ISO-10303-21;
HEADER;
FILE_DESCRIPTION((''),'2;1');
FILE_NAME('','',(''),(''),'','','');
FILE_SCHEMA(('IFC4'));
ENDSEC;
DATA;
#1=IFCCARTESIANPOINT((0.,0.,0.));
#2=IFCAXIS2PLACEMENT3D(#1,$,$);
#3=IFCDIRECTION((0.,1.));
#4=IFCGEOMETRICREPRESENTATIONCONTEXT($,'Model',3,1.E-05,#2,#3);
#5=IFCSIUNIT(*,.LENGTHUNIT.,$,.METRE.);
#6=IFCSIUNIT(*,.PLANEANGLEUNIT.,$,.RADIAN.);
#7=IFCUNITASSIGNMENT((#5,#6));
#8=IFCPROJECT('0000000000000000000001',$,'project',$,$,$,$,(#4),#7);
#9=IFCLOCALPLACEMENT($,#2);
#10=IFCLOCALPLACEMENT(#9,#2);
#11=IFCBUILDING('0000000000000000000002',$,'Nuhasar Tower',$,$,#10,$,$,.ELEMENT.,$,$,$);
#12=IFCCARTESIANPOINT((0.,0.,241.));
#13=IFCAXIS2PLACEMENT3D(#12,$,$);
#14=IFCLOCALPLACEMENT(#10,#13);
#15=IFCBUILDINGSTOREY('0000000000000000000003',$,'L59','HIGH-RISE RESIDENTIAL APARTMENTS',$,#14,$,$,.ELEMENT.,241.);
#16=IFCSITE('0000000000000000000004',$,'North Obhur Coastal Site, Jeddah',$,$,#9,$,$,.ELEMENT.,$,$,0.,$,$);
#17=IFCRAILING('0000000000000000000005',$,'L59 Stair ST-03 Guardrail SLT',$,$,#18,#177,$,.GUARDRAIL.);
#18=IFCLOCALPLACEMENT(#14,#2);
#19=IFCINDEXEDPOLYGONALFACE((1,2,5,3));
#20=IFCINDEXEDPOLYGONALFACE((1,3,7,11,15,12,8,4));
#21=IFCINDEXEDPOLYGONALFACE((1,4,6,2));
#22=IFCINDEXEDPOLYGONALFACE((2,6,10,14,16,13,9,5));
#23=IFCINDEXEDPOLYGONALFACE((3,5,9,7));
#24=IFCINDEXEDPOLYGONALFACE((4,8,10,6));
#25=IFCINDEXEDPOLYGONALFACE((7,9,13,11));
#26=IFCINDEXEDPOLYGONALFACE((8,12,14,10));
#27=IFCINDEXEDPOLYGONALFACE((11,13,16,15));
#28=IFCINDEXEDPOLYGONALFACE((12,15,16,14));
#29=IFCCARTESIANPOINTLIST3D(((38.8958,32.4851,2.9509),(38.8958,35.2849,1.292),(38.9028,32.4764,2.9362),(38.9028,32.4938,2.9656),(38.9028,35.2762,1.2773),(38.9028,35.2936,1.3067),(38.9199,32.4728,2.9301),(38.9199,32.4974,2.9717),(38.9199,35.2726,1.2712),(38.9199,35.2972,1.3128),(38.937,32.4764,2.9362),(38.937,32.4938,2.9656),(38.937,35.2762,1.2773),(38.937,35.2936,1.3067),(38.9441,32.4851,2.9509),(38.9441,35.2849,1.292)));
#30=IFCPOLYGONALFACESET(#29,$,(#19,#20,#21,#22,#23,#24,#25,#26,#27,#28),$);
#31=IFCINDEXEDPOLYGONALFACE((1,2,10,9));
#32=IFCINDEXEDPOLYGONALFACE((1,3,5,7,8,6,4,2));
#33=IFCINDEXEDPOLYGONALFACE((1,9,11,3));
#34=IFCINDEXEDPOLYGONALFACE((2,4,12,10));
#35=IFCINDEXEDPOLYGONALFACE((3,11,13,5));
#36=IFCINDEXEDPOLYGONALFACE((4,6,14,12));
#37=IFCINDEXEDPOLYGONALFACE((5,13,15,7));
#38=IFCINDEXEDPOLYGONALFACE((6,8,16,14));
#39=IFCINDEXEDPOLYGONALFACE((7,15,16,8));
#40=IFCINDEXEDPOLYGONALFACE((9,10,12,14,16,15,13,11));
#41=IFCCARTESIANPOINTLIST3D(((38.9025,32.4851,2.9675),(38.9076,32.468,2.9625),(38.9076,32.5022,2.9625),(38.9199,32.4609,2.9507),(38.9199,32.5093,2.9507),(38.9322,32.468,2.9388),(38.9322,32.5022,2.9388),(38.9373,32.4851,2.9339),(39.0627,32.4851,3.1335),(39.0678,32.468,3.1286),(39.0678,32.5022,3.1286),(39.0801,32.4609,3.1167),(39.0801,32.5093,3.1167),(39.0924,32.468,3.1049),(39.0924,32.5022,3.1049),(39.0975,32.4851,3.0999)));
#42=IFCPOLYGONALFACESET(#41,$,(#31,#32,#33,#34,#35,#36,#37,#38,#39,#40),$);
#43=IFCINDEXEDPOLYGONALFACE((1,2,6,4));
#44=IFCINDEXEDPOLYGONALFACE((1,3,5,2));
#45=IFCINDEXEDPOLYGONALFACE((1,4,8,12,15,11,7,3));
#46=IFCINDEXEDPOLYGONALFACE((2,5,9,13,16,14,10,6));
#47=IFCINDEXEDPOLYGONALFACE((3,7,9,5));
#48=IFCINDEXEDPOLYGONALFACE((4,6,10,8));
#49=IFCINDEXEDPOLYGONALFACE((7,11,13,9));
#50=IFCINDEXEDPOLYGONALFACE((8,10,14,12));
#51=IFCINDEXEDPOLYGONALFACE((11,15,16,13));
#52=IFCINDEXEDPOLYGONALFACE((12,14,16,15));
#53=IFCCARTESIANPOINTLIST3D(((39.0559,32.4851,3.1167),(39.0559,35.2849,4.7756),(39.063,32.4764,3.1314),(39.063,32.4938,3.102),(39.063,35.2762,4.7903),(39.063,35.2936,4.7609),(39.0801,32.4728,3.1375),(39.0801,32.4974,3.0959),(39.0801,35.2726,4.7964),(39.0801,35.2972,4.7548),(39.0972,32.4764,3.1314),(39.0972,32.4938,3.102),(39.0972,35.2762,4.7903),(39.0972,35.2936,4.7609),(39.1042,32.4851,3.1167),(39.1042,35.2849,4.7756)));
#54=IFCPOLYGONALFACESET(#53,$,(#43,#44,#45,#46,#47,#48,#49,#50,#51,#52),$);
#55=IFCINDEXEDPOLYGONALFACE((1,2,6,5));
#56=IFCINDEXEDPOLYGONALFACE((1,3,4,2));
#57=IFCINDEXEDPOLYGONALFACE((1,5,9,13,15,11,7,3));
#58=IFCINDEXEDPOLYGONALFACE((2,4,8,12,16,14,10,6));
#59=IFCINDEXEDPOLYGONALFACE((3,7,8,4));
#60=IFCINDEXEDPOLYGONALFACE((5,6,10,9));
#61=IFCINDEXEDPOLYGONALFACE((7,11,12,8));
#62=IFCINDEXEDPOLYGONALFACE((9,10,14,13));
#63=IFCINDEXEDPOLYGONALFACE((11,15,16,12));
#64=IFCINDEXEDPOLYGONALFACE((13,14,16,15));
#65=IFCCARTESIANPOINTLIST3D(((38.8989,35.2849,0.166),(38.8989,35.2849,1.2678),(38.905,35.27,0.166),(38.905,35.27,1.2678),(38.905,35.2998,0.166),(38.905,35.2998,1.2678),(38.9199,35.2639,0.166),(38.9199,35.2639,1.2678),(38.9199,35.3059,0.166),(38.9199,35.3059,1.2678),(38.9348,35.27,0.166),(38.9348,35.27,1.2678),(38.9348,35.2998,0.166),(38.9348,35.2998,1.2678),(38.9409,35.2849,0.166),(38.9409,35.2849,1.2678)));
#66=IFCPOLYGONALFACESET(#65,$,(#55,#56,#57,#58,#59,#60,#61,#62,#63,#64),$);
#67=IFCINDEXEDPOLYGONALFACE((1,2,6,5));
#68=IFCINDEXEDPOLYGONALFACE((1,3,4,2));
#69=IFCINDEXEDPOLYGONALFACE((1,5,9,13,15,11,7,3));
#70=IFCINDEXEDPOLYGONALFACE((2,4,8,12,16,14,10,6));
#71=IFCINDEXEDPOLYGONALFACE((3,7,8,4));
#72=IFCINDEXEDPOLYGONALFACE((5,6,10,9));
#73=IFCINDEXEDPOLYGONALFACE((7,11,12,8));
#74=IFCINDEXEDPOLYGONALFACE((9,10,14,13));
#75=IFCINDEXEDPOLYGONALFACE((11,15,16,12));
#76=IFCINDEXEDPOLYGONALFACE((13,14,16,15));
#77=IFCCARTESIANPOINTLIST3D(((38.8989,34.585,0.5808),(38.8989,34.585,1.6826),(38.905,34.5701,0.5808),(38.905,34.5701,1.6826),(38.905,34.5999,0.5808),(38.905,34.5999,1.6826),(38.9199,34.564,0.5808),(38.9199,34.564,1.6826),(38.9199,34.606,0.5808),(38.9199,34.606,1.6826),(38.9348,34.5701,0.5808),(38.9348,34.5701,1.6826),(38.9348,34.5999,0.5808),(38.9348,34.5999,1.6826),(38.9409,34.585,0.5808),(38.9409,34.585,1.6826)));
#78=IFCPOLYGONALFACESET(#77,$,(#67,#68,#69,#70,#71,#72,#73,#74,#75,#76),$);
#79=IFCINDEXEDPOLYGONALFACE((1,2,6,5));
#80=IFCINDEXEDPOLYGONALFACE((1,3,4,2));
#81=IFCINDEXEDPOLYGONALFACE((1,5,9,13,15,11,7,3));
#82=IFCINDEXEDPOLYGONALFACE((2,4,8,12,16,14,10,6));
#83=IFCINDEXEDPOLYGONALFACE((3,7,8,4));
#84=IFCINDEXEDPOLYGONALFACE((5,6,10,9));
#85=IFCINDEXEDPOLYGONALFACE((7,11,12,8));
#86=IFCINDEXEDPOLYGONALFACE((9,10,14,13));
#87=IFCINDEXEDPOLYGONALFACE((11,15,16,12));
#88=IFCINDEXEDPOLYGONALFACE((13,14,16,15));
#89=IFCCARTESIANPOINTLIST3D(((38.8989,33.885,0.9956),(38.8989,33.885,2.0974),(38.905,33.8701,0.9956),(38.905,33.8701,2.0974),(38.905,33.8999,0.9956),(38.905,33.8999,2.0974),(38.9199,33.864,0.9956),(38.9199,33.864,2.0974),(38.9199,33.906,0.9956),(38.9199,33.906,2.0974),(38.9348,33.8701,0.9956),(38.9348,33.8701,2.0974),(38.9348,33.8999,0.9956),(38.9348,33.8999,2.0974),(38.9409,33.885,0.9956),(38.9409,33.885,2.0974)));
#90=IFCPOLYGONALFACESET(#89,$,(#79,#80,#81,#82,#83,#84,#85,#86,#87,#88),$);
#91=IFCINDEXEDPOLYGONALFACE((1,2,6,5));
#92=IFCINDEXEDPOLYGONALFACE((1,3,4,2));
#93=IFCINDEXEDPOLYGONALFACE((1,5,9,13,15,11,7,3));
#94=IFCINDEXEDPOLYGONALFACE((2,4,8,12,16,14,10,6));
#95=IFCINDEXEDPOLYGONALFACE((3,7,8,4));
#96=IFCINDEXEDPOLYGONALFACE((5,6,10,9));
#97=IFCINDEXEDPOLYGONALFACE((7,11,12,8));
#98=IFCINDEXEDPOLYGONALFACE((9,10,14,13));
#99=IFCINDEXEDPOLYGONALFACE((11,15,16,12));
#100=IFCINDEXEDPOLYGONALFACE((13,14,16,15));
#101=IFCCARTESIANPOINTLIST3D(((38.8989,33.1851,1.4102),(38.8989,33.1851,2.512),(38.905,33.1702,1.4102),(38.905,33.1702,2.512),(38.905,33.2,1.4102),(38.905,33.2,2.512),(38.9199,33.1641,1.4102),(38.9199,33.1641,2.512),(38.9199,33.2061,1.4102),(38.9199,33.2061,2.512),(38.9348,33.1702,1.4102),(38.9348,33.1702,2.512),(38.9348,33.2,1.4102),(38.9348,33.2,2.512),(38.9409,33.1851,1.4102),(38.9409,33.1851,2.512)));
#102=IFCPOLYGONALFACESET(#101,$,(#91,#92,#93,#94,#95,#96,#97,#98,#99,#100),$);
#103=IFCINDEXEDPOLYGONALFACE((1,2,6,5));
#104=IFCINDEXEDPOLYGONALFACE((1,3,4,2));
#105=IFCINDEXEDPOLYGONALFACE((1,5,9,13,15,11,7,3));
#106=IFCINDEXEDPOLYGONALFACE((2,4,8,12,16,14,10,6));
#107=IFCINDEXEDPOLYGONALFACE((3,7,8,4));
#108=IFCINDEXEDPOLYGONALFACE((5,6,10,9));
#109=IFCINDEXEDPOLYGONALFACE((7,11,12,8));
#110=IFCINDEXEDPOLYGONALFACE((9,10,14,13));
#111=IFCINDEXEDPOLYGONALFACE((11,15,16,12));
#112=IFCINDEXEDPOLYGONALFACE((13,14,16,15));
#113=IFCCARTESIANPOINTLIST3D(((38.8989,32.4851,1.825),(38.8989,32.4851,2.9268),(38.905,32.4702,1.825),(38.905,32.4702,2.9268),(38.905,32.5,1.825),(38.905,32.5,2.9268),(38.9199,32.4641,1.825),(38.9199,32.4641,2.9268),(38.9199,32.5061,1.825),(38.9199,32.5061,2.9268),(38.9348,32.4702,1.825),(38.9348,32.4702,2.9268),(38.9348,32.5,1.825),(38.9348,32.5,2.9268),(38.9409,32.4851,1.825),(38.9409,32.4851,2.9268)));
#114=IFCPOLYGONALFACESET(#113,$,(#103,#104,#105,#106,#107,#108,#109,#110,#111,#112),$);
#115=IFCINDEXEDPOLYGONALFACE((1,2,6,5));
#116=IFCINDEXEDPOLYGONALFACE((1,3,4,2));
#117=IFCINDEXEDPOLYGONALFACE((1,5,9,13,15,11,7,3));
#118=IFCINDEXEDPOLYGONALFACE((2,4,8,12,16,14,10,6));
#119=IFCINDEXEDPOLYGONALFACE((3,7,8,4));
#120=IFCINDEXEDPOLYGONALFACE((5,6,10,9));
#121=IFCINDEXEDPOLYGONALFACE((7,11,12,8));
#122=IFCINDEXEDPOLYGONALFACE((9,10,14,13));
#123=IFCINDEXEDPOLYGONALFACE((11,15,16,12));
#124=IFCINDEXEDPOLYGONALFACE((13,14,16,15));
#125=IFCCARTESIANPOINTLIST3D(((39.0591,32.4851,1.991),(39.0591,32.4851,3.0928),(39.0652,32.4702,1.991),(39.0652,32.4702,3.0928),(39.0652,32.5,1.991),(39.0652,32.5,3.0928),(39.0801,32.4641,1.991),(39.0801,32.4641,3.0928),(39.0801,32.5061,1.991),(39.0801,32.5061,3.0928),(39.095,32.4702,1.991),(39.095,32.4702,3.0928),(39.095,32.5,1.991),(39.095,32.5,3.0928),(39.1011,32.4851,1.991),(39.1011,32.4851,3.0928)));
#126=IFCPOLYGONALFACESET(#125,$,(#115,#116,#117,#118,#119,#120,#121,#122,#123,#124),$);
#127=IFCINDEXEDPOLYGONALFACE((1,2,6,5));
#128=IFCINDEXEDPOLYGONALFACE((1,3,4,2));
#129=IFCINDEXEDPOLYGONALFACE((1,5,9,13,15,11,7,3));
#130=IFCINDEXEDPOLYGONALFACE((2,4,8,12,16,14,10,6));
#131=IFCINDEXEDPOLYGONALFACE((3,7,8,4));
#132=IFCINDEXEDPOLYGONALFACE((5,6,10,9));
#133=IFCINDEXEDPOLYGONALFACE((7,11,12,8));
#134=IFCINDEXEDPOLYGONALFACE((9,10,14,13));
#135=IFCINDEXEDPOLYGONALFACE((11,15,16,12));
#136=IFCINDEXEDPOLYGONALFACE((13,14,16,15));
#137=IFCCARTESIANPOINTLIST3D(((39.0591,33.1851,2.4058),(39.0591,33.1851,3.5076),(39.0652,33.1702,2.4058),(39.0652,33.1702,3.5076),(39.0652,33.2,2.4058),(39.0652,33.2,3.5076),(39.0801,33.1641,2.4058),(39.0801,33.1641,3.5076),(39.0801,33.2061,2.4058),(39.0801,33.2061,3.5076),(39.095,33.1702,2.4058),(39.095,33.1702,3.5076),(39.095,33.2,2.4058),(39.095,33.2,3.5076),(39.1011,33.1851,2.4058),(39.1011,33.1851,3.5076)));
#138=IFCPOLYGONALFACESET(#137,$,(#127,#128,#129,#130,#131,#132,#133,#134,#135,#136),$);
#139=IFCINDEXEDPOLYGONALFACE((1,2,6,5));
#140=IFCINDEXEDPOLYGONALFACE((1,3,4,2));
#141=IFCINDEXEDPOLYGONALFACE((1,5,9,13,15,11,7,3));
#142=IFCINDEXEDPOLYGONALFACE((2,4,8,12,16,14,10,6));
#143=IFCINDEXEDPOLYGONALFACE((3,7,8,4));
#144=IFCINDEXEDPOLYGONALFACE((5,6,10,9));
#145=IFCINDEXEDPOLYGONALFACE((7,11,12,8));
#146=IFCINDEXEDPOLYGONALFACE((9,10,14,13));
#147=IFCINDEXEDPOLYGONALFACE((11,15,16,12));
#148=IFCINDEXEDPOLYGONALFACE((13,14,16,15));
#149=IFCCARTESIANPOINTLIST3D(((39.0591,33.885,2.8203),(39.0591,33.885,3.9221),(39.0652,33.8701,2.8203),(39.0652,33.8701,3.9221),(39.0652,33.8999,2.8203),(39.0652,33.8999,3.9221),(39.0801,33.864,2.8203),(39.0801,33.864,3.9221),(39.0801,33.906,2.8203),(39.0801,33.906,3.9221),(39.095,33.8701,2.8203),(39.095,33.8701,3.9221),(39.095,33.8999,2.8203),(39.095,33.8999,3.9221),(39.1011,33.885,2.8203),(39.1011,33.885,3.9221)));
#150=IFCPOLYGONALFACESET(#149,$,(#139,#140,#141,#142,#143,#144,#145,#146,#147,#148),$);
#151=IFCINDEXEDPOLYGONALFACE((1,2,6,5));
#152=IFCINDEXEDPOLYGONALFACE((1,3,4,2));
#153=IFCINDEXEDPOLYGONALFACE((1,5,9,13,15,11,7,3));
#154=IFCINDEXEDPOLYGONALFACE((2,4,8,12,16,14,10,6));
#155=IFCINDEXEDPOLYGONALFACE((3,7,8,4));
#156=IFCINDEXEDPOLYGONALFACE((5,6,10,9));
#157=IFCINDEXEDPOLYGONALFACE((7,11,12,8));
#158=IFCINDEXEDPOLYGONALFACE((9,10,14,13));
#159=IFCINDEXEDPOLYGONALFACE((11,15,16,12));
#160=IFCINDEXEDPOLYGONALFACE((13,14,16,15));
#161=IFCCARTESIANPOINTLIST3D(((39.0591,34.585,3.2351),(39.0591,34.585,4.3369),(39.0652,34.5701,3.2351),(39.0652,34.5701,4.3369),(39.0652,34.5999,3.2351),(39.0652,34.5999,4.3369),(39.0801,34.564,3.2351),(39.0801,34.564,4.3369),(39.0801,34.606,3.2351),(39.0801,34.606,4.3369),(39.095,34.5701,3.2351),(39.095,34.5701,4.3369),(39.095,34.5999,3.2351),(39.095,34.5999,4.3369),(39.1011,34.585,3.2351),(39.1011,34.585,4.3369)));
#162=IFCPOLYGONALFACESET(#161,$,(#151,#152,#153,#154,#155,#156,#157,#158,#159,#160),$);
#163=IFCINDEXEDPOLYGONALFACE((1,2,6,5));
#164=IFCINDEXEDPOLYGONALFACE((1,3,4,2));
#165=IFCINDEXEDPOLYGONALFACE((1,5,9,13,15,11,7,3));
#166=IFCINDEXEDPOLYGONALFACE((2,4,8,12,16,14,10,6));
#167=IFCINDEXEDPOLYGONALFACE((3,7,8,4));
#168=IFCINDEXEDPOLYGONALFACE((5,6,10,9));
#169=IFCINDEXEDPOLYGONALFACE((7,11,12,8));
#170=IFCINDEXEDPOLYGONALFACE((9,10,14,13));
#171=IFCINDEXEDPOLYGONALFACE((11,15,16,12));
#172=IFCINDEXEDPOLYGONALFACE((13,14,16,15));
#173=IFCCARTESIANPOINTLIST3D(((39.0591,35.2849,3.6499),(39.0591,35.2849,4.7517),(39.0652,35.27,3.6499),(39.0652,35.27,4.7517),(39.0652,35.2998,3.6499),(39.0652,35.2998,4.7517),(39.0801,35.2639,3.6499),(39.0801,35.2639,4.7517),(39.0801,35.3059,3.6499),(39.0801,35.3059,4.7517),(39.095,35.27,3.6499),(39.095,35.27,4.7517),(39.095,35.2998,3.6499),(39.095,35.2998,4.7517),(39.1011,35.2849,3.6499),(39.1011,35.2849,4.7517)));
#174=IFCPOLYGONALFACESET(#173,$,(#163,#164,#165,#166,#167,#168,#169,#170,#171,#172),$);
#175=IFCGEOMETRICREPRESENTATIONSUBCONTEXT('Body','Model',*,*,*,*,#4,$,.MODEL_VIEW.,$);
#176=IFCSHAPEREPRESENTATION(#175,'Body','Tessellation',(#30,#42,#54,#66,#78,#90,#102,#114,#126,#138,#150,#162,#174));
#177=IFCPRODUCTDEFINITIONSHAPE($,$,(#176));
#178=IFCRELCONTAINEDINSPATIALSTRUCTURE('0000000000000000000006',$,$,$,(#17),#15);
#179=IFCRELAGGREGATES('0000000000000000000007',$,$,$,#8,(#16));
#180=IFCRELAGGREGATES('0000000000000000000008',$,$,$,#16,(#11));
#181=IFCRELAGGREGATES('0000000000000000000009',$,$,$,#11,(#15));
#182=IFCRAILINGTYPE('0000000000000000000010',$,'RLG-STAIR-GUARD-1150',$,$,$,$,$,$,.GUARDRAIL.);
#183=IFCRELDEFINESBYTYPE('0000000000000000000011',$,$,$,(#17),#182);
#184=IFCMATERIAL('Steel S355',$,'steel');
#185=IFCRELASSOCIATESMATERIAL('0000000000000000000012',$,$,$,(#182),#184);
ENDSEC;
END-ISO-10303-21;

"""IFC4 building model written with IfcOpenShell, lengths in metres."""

from ifc_helpers import new_model, si_unit, direction, frame, origin, place, context, subcontext, project, spatial, polyline, outline, extrude, material, type_object, element, save


model = new_model("IFC4")

# Units and contexts
model_context = context("Model", 3, precision=1e-05, world=origin(), true_north=direction((0.0, 1.0)))
body_context = subcontext(model_context, "Body", "Model", "MODEL_VIEW")
ifc_project = project(units=[si_unit("LENGTHUNIT", "METRE"), si_unit("PLANEANGLEUNIT", "RADIAN")], contexts=[model_context])

# Site, building, storey
site_placement = place(None, origin())
site = spatial("IfcSite", under=ifc_project, at=site_placement, Name="North Obhur Coastal Site, Jeddah", CompositionType="ELEMENT", RefElevation=0.0)
building_placement = place(site_placement, origin())
building = spatial("IfcBuilding", under=site, at=building_placement, Name="Nuhasar Tower", CompositionType="ELEMENT")
storey_placement = place(building_placement, frame((0.0, 0.0, 241.0)))
storey = spatial("IfcBuildingStorey", under=building, at=storey_placement, Name="L59", Description="HIGH-RISE RESIDENTIAL APARTMENTS", CompositionType="ELEMENT", Elevation=241.0)

# Shared definitions
ifc_material_1 = material(Name="Steel S355", Category="steel")

# Railing
railing_type_1 = type_object("IfcRailingType", Name="RLG-STAIR-GUARD-1150", PredefinedType="GUARDRAIL", material=ifc_material_1)
railing_1_placement = place(storey_placement, frame((38.9199, 35.2849, 0.166)))
element("IfcRailing", 1, at=railing_1_placement, inside=storey, type_object=railing_type_1, Name="L59 Stair ST-03 Guardrail SLT", PredefinedType="GUARDRAIL", context=body_context, shape_type="SweptSolid", body=[
    extrude(outline(polyline([(0.0242, 0.0), (0.0171, 0.0171), (0.0, 0.0242), (-0.0171, 0.0171), (-0.0242, 0.0), (-0.0171, -0.0171), (0.0, -0.0242), (0.0171, -0.0171), (0.0242, 0.0)])), frame((0.0, 0.0, 1.126), z_axis=(0.0, -0.86032, 0.509755), x_axis=(1.0, 0.0, 0.0)), (0.0, 0.0, 1.0), 3.2544),
    extrude(outline(polyline([(0.0242, 0.0), (0.0171, 0.0171), (0.0, 0.0242), (-0.0171, 0.0171), (-0.0242, 0.0), (-0.0171, -0.0171), (0.0, -0.0242), (0.0171, -0.0171), (0.0242, 0.0)])), frame((0.0, -2.7998, 2.7847), z_axis=(0.694292, 0.0, 0.719693), x_axis=(0.0, 1.0, 0.0)), (0.0, 0.0, 1.0), 0.2307),
    extrude(outline(polyline([(0.0242, 0.0), (0.0171, 0.0171), (0.0, 0.0242), (-0.0171, 0.0171), (-0.0242, 0.0), (-0.0171, -0.0171), (0.0, -0.0242), (0.0171, -0.0171), (0.0242, 0.0)])), frame((0.1602, -2.7998, 2.9507), z_axis=(0.0, 0.86032, 0.509755), x_axis=(-1.0, 0.0, 0.0)), (0.0, 0.0, 1.0), 3.2544),
    extrude(outline(polyline([(0.021, 0.0), (0.0149, 0.0149), (0.0, 0.021), (-0.0149, 0.0149), (-0.021, 0.0), (-0.0149, -0.0149), (0.0, -0.021), (0.0149, -0.0149), (0.021, 0.0)])), origin(), (0.0, 0.0, 1.0), 1.1018),
    extrude(outline(polyline([(0.021, 0.0), (0.0149, 0.0149), (0.0, 0.021), (-0.0149, 0.0149), (-0.021, 0.0), (-0.0149, -0.0149), (0.0, -0.021), (0.0149, -0.0149), (0.021, 0.0)])), frame((0.0, -0.7, 0.4148)), (0.0, 0.0, 1.0), 1.1018),
    extrude(outline(polyline([(0.021, 0.0), (0.0149, 0.0149), (0.0, 0.021), (-0.0149, 0.0149), (-0.021, 0.0), (-0.0149, -0.0149), (0.0, -0.021), (0.0149, -0.0149), (0.021, 0.0)])), frame((0.0, -1.3999, 0.8296)), (0.0, 0.0, 1.0), 1.1018),
    extrude(outline(polyline([(0.021, 0.0), (0.0149, 0.0149), (0.0, 0.021), (-0.0149, 0.0149), (-0.021, 0.0), (-0.0149, -0.0149), (0.0, -0.021), (0.0149, -0.0149), (0.021, 0.0)])), frame((0.0, -2.0999, 1.2441)), (0.0, 0.0, 1.0), 1.1018),
    extrude(outline(polyline([(0.021, 0.0), (0.0149, 0.0149), (0.0, 0.021), (-0.0149, 0.0149), (-0.021, 0.0), (-0.0149, -0.0149), (0.0, -0.021), (0.0149, -0.0149), (0.021, 0.0)])), frame((0.0, -2.7998, 1.6589)), (0.0, 0.0, 1.0), 1.1018),
    extrude(outline(polyline([(0.021, 0.0), (0.0149, 0.0149), (0.0, 0.021), (-0.0149, 0.0149), (-0.021, 0.0), (-0.0149, -0.0149), (0.0, -0.021), (0.0149, -0.0149), (0.021, 0.0)])), frame((0.1602, -2.7998, 1.825)), (0.0, 0.0, 1.0), 1.1018),
    extrude(outline(polyline([(0.021, 0.0), (0.0149, 0.0149), (0.0, 0.021), (-0.0149, 0.0149), (-0.021, 0.0), (-0.0149, -0.0149), (0.0, -0.021), (0.0149, -0.0149), (0.021, 0.0)])), frame((0.1602, -2.0999, 2.2397)), (0.0, 0.0, 1.0), 1.1018),
    extrude(outline(polyline([(0.021, 0.0), (0.0149, 0.0149), (0.0, 0.021), (-0.0149, 0.0149), (-0.021, 0.0), (-0.0149, -0.0149), (0.0, -0.021), (0.0149, -0.0149), (0.021, 0.0)])), frame((0.1602, -1.3999, 2.6543)), (0.0, 0.0, 1.0), 1.1018),
    extrude(outline(polyline([(0.021, 0.0), (0.0149, 0.0149), (0.0, 0.021), (-0.0149, 0.0149), (-0.021, 0.0), (-0.0149, -0.0149), (0.0, -0.021), (0.0149, -0.0149), (0.021, 0.0)])), frame((0.1602, -0.7, 3.0691)), (0.0, 0.0, 1.0), 1.1018),
    extrude(outline(polyline([(0.021, 0.0), (0.0149, 0.0149), (0.0, 0.021), (-0.0149, 0.0149), (-0.021, 0.0), (-0.0149, -0.0149), (0.0, -0.021), (0.0149, -0.0149), (0.021, 0.0)])), frame((0.1602, 0.0, 3.4839)), (0.0, 0.0, 1.0), 1.1018),
])

save(model, "model.ifc")
